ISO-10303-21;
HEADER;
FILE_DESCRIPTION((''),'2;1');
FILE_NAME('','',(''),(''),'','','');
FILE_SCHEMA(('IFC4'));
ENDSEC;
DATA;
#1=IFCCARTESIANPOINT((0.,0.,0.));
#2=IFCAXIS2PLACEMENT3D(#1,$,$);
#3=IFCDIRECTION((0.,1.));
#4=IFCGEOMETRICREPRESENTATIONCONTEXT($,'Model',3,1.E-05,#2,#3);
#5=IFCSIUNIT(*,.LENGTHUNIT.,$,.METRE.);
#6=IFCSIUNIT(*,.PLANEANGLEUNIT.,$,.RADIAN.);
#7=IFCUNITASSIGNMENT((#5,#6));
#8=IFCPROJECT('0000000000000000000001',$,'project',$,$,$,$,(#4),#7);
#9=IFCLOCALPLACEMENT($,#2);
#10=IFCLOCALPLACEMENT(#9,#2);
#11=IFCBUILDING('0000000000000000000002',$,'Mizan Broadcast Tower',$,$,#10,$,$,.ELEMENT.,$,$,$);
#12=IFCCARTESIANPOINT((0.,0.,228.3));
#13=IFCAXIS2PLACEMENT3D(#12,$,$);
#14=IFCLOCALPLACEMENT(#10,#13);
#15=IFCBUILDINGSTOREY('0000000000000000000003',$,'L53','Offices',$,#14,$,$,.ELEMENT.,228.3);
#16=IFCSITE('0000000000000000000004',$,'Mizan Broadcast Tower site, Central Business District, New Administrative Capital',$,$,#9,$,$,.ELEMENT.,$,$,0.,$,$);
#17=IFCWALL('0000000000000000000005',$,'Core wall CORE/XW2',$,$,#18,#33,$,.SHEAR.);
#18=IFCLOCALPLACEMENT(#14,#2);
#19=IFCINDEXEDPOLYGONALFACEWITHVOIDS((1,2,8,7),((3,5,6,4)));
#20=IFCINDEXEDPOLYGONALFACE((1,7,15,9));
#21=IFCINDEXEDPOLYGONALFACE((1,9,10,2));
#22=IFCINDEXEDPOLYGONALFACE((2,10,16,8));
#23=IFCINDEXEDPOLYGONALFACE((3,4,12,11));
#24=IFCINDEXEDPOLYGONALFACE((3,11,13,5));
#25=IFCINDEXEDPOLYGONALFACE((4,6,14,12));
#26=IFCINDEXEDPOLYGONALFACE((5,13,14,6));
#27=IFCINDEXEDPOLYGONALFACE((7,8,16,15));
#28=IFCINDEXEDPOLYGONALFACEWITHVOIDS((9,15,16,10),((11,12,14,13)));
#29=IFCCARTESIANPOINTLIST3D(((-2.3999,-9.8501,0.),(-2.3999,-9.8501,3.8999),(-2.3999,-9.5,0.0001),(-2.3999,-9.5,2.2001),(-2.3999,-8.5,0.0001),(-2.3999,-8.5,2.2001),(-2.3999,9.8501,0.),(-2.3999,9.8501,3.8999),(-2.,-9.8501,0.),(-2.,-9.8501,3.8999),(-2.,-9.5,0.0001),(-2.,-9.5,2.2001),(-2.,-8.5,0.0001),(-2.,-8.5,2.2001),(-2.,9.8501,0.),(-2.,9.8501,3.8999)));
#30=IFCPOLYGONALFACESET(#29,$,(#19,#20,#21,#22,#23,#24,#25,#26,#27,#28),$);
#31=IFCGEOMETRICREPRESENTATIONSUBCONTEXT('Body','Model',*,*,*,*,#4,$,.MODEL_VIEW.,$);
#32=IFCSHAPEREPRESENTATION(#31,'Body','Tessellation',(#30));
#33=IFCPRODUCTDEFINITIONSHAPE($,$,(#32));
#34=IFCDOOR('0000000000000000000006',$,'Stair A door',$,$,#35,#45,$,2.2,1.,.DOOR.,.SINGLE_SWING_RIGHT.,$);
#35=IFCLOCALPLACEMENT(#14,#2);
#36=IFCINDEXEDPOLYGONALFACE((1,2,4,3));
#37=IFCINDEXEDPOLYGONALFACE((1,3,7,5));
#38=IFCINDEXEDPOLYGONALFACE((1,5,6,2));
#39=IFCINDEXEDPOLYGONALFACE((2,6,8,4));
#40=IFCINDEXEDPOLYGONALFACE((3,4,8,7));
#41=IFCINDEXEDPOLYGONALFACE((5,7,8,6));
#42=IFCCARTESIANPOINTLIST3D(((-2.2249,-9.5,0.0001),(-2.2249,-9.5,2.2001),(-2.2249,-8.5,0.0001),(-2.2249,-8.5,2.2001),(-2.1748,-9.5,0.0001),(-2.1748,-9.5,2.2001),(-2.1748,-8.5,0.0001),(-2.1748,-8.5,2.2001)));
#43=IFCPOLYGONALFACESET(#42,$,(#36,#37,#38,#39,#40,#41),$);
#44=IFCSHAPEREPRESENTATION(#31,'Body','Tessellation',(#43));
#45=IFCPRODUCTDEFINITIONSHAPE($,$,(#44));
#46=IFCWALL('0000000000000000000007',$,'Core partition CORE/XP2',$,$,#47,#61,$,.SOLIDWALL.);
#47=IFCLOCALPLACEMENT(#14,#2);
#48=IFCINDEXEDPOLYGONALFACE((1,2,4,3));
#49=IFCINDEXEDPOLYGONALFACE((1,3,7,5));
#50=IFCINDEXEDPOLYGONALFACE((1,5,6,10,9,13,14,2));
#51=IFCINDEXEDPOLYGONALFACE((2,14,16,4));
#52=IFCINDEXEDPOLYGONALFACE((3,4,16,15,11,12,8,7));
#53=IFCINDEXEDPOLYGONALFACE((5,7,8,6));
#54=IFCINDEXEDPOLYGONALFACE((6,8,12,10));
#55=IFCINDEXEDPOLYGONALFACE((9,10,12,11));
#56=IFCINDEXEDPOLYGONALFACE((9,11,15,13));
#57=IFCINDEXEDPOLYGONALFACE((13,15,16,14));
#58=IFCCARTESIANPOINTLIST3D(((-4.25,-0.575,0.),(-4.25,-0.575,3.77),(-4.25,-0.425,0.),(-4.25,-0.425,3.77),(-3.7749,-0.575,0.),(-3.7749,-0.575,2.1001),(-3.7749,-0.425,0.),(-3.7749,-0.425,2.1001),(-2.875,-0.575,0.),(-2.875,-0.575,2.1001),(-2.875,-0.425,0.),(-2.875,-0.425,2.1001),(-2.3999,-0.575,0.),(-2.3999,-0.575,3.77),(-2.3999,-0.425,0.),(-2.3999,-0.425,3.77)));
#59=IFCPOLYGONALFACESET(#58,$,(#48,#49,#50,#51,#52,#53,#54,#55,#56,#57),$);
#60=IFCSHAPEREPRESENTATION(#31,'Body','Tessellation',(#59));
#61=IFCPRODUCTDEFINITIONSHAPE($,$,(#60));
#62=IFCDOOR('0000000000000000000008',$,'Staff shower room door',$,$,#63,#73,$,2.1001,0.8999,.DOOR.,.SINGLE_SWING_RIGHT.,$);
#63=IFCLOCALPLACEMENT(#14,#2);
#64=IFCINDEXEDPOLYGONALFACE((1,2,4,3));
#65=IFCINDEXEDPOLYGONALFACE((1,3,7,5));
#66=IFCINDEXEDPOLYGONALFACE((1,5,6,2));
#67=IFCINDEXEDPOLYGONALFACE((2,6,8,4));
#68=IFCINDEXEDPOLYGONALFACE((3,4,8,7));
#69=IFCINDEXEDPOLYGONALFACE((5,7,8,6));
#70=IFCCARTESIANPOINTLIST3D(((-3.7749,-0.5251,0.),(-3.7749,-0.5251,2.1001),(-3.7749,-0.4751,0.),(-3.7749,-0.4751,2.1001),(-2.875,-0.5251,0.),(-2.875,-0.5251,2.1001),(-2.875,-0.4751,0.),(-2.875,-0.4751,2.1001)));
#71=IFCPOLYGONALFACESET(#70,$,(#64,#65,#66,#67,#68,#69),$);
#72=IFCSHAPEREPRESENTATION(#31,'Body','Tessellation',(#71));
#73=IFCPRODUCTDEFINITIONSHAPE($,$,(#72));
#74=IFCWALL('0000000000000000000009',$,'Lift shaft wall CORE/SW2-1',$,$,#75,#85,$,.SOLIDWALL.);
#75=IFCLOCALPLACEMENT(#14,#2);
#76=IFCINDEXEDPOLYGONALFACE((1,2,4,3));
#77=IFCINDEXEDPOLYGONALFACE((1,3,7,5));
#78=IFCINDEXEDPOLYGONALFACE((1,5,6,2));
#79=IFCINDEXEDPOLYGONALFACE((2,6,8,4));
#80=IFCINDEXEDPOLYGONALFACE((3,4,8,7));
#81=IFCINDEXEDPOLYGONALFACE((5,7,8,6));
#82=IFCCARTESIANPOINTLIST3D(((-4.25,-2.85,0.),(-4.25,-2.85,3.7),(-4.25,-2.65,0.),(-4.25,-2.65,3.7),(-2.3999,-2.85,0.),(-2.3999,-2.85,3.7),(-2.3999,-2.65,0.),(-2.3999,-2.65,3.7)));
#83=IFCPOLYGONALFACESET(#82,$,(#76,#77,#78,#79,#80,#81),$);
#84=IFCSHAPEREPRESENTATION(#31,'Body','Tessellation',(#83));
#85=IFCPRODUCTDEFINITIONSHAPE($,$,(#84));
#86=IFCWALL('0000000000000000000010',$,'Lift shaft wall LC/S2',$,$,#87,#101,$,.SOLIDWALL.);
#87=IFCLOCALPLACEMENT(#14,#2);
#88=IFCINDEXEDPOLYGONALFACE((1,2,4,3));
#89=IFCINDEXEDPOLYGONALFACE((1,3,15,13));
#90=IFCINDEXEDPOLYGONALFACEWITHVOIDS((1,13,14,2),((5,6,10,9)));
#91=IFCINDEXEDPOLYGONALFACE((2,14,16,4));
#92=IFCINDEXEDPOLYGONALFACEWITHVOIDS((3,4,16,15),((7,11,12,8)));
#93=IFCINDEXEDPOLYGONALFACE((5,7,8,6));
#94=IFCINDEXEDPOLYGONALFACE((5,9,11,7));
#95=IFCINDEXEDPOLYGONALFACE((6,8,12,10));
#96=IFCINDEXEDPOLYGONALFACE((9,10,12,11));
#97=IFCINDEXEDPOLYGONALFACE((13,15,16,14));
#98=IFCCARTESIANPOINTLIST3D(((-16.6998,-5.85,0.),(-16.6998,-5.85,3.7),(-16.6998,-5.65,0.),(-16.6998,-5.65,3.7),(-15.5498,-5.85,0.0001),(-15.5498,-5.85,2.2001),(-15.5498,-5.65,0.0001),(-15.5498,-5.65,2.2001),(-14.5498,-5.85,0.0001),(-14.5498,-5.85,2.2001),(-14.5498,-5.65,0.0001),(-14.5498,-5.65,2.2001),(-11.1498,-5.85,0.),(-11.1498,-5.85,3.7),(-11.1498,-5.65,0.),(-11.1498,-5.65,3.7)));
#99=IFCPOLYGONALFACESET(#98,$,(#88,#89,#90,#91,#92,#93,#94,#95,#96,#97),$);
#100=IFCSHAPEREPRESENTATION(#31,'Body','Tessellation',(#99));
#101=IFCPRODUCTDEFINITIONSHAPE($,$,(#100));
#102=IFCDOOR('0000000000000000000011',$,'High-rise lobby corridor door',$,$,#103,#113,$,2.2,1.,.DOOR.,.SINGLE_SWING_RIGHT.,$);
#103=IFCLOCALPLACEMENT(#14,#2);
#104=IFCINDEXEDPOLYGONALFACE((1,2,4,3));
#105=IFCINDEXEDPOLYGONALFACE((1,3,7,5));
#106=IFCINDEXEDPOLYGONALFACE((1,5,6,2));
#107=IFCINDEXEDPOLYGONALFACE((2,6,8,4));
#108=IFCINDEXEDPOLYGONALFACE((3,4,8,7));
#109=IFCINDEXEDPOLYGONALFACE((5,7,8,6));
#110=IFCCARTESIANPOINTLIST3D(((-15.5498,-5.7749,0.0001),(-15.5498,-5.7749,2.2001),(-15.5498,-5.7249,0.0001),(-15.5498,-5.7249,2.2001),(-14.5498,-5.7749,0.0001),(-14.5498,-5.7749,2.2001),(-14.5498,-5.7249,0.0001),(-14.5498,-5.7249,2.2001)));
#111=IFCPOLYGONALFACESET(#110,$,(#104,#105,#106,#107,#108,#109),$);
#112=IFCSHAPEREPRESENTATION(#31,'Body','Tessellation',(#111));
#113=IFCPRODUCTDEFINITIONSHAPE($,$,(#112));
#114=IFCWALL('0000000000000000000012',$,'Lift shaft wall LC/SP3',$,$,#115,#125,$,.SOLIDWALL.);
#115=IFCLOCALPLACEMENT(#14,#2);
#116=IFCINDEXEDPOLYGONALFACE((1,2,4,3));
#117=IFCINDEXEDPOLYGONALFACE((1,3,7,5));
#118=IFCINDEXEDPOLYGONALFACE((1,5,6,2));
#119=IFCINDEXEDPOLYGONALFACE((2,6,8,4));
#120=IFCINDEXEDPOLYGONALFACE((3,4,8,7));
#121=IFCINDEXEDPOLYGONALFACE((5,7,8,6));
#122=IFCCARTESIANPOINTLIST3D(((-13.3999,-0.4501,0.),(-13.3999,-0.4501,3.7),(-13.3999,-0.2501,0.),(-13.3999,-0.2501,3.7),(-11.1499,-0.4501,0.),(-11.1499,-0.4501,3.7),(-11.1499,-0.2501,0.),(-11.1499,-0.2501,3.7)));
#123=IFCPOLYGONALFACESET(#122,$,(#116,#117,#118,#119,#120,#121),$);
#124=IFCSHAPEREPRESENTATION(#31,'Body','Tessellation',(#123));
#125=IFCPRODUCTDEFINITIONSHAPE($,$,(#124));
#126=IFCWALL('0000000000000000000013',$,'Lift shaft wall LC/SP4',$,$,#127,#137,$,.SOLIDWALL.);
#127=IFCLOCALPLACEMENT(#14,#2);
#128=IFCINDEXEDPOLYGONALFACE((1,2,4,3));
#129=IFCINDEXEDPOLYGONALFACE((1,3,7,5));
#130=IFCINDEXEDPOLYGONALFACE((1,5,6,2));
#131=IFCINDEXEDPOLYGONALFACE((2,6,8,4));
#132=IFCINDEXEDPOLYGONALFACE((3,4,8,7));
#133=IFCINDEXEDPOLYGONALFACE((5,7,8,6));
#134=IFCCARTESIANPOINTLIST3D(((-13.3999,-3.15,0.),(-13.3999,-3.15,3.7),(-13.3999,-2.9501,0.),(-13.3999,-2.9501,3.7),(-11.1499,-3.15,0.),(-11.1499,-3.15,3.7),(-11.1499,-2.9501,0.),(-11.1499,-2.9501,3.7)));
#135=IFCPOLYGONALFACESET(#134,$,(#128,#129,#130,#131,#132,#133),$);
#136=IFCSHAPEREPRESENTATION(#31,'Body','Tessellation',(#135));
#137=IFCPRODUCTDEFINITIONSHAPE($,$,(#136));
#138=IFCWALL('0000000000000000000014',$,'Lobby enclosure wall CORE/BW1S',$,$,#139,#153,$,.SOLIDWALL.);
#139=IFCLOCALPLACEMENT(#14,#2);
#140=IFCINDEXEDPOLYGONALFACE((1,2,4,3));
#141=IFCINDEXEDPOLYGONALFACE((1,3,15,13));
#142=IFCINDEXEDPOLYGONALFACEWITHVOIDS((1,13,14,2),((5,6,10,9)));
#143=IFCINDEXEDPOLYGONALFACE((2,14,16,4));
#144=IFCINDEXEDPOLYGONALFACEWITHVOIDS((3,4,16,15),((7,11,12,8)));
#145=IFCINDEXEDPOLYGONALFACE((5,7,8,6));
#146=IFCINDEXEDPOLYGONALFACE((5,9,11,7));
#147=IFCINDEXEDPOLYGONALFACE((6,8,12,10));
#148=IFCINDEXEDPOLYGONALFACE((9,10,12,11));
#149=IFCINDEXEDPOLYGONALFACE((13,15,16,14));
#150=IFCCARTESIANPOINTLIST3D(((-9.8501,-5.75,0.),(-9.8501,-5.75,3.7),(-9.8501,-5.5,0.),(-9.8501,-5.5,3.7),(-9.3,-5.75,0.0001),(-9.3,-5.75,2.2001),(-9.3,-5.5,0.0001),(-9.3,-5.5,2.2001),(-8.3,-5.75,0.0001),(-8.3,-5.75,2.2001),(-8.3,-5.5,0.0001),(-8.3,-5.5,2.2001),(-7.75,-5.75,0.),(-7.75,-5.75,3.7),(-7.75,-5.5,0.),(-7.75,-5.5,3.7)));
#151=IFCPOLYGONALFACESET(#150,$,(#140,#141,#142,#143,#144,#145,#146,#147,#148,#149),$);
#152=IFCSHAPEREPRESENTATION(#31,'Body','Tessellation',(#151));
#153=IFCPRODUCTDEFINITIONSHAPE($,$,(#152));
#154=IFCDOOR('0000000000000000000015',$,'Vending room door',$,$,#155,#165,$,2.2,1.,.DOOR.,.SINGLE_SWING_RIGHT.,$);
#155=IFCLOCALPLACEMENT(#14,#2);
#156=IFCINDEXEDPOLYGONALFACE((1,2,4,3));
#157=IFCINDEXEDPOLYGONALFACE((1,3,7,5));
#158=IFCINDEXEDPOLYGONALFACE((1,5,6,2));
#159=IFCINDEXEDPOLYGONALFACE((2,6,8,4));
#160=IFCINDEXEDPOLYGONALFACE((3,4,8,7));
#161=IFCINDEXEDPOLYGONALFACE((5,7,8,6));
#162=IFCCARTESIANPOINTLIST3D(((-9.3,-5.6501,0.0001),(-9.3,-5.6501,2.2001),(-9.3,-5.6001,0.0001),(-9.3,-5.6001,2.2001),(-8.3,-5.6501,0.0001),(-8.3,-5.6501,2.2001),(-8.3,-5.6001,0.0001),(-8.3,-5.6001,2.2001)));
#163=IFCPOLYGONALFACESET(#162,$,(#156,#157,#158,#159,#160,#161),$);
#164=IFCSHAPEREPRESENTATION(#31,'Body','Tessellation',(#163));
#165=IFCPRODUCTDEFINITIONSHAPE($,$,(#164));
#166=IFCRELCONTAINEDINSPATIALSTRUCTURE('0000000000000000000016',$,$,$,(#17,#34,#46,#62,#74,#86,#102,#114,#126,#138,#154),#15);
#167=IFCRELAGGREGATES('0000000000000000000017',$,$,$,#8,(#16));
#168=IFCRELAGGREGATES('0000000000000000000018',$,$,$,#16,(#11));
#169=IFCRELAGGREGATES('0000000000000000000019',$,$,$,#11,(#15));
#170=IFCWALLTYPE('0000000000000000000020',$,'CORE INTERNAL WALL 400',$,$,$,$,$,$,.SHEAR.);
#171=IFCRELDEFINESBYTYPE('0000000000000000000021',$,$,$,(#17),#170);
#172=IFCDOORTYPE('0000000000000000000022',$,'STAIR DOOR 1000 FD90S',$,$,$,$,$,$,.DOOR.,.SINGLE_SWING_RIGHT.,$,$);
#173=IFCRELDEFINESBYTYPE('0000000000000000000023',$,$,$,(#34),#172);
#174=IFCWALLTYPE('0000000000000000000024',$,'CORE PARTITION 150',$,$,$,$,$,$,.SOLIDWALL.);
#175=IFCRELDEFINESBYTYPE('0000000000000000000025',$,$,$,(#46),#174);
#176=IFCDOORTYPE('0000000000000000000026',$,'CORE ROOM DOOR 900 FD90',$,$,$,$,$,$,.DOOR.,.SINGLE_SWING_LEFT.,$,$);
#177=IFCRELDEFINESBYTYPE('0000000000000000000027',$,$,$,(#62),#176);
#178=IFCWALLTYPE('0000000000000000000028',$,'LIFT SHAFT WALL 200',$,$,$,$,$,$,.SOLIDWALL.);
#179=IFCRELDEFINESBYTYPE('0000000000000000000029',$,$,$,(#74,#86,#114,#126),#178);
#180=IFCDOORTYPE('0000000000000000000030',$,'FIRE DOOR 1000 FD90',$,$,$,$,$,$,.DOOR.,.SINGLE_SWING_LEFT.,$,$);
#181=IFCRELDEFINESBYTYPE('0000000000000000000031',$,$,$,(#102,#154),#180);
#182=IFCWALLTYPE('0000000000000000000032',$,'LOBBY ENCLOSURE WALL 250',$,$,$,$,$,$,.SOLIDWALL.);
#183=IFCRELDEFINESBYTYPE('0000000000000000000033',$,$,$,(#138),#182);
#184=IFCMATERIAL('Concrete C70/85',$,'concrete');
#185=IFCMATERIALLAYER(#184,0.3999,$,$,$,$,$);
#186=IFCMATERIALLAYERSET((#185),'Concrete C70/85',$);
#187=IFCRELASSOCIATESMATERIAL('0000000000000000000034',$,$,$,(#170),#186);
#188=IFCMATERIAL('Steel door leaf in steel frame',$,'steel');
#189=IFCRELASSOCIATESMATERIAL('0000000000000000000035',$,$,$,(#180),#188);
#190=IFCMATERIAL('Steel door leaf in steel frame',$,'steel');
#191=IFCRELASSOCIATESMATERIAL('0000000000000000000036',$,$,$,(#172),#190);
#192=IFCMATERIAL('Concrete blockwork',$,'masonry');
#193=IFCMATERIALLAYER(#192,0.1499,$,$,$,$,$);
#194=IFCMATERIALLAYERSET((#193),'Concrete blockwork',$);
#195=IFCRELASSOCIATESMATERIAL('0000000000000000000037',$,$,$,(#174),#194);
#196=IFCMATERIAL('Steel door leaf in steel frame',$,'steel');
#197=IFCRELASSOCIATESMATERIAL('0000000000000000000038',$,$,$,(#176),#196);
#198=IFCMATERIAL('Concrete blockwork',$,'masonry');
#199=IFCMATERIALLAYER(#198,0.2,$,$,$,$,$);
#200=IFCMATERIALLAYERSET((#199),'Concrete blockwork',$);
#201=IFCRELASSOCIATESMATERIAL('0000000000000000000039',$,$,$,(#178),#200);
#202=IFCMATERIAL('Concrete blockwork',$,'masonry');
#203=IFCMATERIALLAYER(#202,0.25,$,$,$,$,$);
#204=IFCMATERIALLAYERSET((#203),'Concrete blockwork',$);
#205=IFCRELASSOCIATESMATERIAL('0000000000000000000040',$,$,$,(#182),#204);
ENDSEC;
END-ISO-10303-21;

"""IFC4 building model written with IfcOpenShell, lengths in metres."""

from ifc_helpers import new_model, si_unit, direction, frame, frame_2d, origin, place, context, subcontext, project, spatial, rectangle, extrude, material, layer, layer_set, type_object, element, fill, save


model = new_model("IFC4")

# Units and contexts
model_context = context("Model", 3, precision=1e-05, world=origin(), true_north=direction((0.0, 1.0)))
body_context = subcontext(model_context, "Body", "Model", "MODEL_VIEW")
ifc_project = project(units=[si_unit("LENGTHUNIT", "METRE"), si_unit("PLANEANGLEUNIT", "RADIAN")], contexts=[model_context])

# Site, building, storey
site_placement = place(None, origin())
site = spatial("IfcSite", under=ifc_project, at=site_placement, Name="Mizan Broadcast Tower site, Central Business District, New Administrative Capital", CompositionType="ELEMENT", RefElevation=0.0)
building_placement = place(site_placement, origin())
building = spatial("IfcBuilding", under=site, at=building_placement, Name="Mizan Broadcast Tower", CompositionType="ELEMENT")
storey_placement = place(building_placement, frame((0.0, 0.0, 228.3)))
storey = spatial("IfcBuildingStorey", under=building, at=storey_placement, Name="L53", Description="Offices", CompositionType="ELEMENT", Elevation=228.3)

# Shared definitions
ifc_material_1 = material(Name="Concrete C70/85", Category="concrete")
ifc_layer_1 = layer(ifc_material_1, 0.3999)
ifc_layer_set_1 = layer_set([ifc_layer_1], Name="Concrete C70/85")
wall_type_1 = type_object("IfcWallType", Name="CORE INTERNAL WALL 400", PredefinedType="SHEAR", material=ifc_layer_set_1)
ifc_material_2 = material(Name="Steel door leaf in steel frame", Category="steel")
door_type_1 = type_object("IfcDoorType", Name="FIRE DOOR 1000 FD90", OperationType="SINGLE_SWING_LEFT", PredefinedType="DOOR", material=ifc_material_2)

# Walls, openings, doors
wall_1_placement = place(storey_placement, frame((-2.2, -9.8501, 0.0), z_axis=(0.0, 0.0, 1.0), x_axis=(0.0, 1.0, 0.0)))
wall_1 = element("IfcWall", 1, at=wall_1_placement, inside=storey, type_object=wall_type_1, Name="Core wall CORE/XW2", PredefinedType="SHEAR", context=body_context, shape_type="SweptSolid", body=[
    extrude(rectangle(XDim=19.7002, YDim=0.3999, at=frame_2d((9.8501, 0.0))), origin(), (0.0, 0.0, 1.0), 3.8999),
])
opening_1_placement = place(wall_1_placement, frame((0.3501, 0.0, 0.0)))
opening_1 = element("IfcOpeningElement", 2, at=opening_1_placement, cuts=wall_1, PredefinedType="OPENING", context=body_context, shape_type="SweptSolid", body=[
    extrude(rectangle(XDim=1.0, YDim=2.2, at=frame_2d((0.5, 1.1001))), frame((0.0, 0.21, 0.0), z_axis=(0.0, -1.0, 0.0), x_axis=(1.0, 0.0, 0.0)), (0.0, 0.0, 1.0), 0.4199),
])
ifc_material_3 = material(Name="Steel door leaf in steel frame", Category="steel")
door_type_2 = type_object("IfcDoorType", Name="STAIR DOOR 1000 FD90S", OperationType="SINGLE_SWING_RIGHT", PredefinedType="DOOR", material=ifc_material_3)
door_1_placement = place(opening_1_placement, origin())
door_1 = element("IfcDoor", 3, at=door_1_placement, inside=storey, type_object=door_type_2, Name="Stair A door", OperationType="SINGLE_SWING_RIGHT", OverallHeight=2.2, OverallWidth=1.0, PredefinedType="DOOR", context=body_context, shape_type="SweptSolid", body=[
    extrude(rectangle(XDim=1.0, YDim=2.2, at=frame_2d((0.5, 1.1001))), frame((0.0, 0.0249, 0.0), z_axis=(0.0, -1.0, 0.0), x_axis=(1.0, 0.0, 0.0)), (0.0, 0.0, 1.0), 0.05),
])
fill(opening_1, door_1)
ifc_material_4 = material(Name="Concrete blockwork", Category="masonry")
ifc_layer_2 = layer(ifc_material_4, 0.1499)
ifc_layer_set_2 = layer_set([ifc_layer_2], Name="Concrete blockwork")
wall_type_2 = type_object("IfcWallType", Name="CORE PARTITION 150", PredefinedType="SOLIDWALL", material=ifc_layer_set_2)
wall_2_placement = place(storey_placement, frame((-4.25, -0.5, 0.0), z_axis=(0.0, 0.0, 1.0), x_axis=(1.0, 0.0, 0.0)))
wall_2 = element("IfcWall", 4, at=wall_2_placement, inside=storey, type_object=wall_type_2, Name="Core partition CORE/XP2", PredefinedType="SOLIDWALL", context=body_context, shape_type="SweptSolid", body=[
    extrude(rectangle(XDim=1.8501, YDim=0.1499, at=frame_2d((0.925, 0.0))), origin(), (0.0, 0.0, 1.0), 3.77),
])
opening_2_placement = place(wall_2_placement, frame((0.4751, 0.0, 0.0)))
opening_2 = element("IfcOpeningElement", 5, at=opening_2_placement, cuts=wall_2, PredefinedType="OPENING", context=body_context, shape_type="SweptSolid", body=[
    extrude(rectangle(XDim=0.8999, YDim=2.1001, at=frame_2d((0.45, 1.05))), frame((0.0, 0.085, 0.0), z_axis=(0.0, -1.0, 0.0), x_axis=(1.0, 0.0, 0.0)), (0.0, 0.0, 1.0), 0.1699),
])
ifc_material_5 = material(Name="Steel door leaf in steel frame", Category="steel")
door_type_3 = type_object("IfcDoorType", Name="CORE ROOM DOOR 900 FD90", OperationType="SINGLE_SWING_LEFT", PredefinedType="DOOR", material=ifc_material_5)
door_2_placement = place(opening_2_placement, origin())
door_2 = element("IfcDoor", 6, at=door_2_placement, inside=storey, type_object=door_type_3, Name="Staff shower room door", OperationType="SINGLE_SWING_RIGHT", OverallHeight=2.1001, OverallWidth=0.8999, PredefinedType="DOOR", context=body_context, shape_type="SweptSolid", body=[
    extrude(rectangle(XDim=0.8999, YDim=2.1001, at=frame_2d((0.45, 1.05))), frame((0.0, 0.0249, 0.0), z_axis=(0.0, -1.0, 0.0), x_axis=(1.0, 0.0, 0.0)), (0.0, 0.0, 1.0), 0.05),
])
fill(opening_2, door_2)

# Wall
ifc_material_6 = material(Name="Concrete blockwork", Category="masonry")
ifc_layer_3 = layer(ifc_material_6, 0.2)
ifc_layer_set_3 = layer_set([ifc_layer_3], Name="Concrete blockwork")
wall_type_3 = type_object("IfcWallType", Name="LIFT SHAFT WALL 200", PredefinedType="SOLIDWALL", material=ifc_layer_set_3)
wall_3_placement = place(storey_placement, frame((-4.25, -2.75, 0.0), z_axis=(0.0, 0.0, 1.0), x_axis=(1.0, 0.0, 0.0)))
element("IfcWall", 7, at=wall_3_placement, inside=storey, type_object=wall_type_3, Name="Lift shaft wall CORE/SW2-1", PredefinedType="SOLIDWALL", context=body_context, shape_type="SweptSolid", body=[
    extrude(rectangle(XDim=1.8501, YDim=0.2, at=frame_2d((0.925, 0.0))), origin(), (0.0, 0.0, 1.0), 3.7),
])

# Wall, opening, door
wall_4_placement = place(storey_placement, frame((-11.1499, -5.75, 0.0), z_axis=(0.0, 0.0, 1.0), x_axis=(-1.0, 0.0, 0.0)))
wall_4 = element("IfcWall", 8, at=wall_4_placement, inside=storey, type_object=wall_type_3, Name="Lift shaft wall LC/S2", PredefinedType="SOLIDWALL", context=body_context, shape_type="SweptSolid", body=[
    extrude(rectangle(XDim=5.55, YDim=0.2, at=frame_2d((2.7749, 0.0))), origin(), (0.0, 0.0, 1.0), 3.7),
])
opening_3_placement = place(wall_4_placement, frame((3.3999, 0.0, 0.0)))
opening_3 = element("IfcOpeningElement", 9, at=opening_3_placement, cuts=wall_4, PredefinedType="OPENING", context=body_context, shape_type="SweptSolid", body=[
    extrude(rectangle(XDim=1.0, YDim=2.2, at=frame_2d((0.5, 1.1001))), frame((0.0, 0.1099, 0.0), z_axis=(0.0, -1.0, 0.0), x_axis=(1.0, 0.0, 0.0)), (0.0, 0.0, 1.0), 0.22),
])
door_3_placement = place(opening_3_placement, origin())
door_3 = element("IfcDoor", 10, at=door_3_placement, inside=storey, type_object=door_type_1, Name="High-rise lobby corridor door", OperationType="SINGLE_SWING_RIGHT", OverallHeight=2.2, OverallWidth=1.0, PredefinedType="DOOR", context=body_context, shape_type="SweptSolid", body=[
    extrude(rectangle(XDim=1.0, YDim=2.2, at=frame_2d((0.5, 1.1001))), frame((0.0, 0.0249, 0.0), z_axis=(0.0, -1.0, 0.0), x_axis=(1.0, 0.0, 0.0)), (0.0, 0.0, 1.0), 0.05),
])
fill(opening_3, door_3)

# Walls
for number, where, z_axis, x_axis, name in (
    (11, (-11.1499, -0.3501, 0.0), (0.0, 0.0, 1.0), (-1.0, 0.0, 0.0), "Lift shaft wall LC/SP3"),
    (12, (-11.1499, -3.05, 0.0), (0.0, 0.0, 1.0), (-1.0, 0.0, 0.0), "Lift shaft wall LC/SP4"),
):
    element("IfcWall", number, at=place(storey_placement, frame(where, z_axis=z_axis, x_axis=x_axis)), inside=storey, type_object=wall_type_3, Name=name, PredefinedType="SOLIDWALL", context=body_context, shape_type="SweptSolid", body=[
        extrude(rectangle(XDim=2.25, YDim=0.2, at=frame_2d((1.125, 0.0))), origin(), (0.0, 0.0, 1.0), 3.7),
    ])

# Wall, opening, door
ifc_material_7 = material(Name="Concrete blockwork", Category="masonry")
ifc_layer_4 = layer(ifc_material_7, 0.25)
ifc_layer_set_4 = layer_set([ifc_layer_4], Name="Concrete blockwork")
wall_type_4 = type_object("IfcWallType", Name="LOBBY ENCLOSURE WALL 250", PredefinedType="SOLIDWALL", material=ifc_layer_set_4)
wall_5_placement = place(storey_placement, frame((-9.8501, -5.625, 0.0), z_axis=(0.0, 0.0, 1.0), x_axis=(1.0, 0.0, 0.0)))
wall_5 = element("IfcWall", 13, at=wall_5_placement, inside=storey, type_object=wall_type_4, Name="Lobby enclosure wall CORE/BW1S", PredefinedType="SOLIDWALL", context=body_context, shape_type="SweptSolid", body=[
    extrude(rectangle(XDim=2.1001, YDim=0.25, at=frame_2d((1.05, 0.0))), origin(), (0.0, 0.0, 1.0), 3.7),
])
opening_4_placement = place(wall_5_placement, frame((0.55, 0.0, 0.0)))
opening_4 = element("IfcOpeningElement", 14, at=opening_4_placement, cuts=wall_5, PredefinedType="OPENING", context=body_context, shape_type="SweptSolid", body=[
    extrude(rectangle(XDim=1.0, YDim=2.2, at=frame_2d((0.5, 1.1001))), frame((0.0, 0.135, 0.0), z_axis=(0.0, -1.0, 0.0), x_axis=(1.0, 0.0, 0.0)), (0.0, 0.0, 1.0), 0.27),
])
door_4_placement = place(opening_4_placement, origin())
door_4 = element("IfcDoor", 15, at=door_4_placement, inside=storey, type_object=door_type_1, Name="Vending room door", OperationType="SINGLE_SWING_RIGHT", OverallHeight=2.2, OverallWidth=1.0, PredefinedType="DOOR", context=body_context, shape_type="SweptSolid", body=[
    extrude(rectangle(XDim=1.0, YDim=2.2, at=frame_2d((0.5, 1.1001))), frame((0.0, 0.0249, 0.0), z_axis=(0.0, -1.0, 0.0), x_axis=(1.0, 0.0, 0.0)), (0.0, 0.0, 1.0), 0.05),
])
fill(opening_4, door_4)

save(model, "model.ifc")
